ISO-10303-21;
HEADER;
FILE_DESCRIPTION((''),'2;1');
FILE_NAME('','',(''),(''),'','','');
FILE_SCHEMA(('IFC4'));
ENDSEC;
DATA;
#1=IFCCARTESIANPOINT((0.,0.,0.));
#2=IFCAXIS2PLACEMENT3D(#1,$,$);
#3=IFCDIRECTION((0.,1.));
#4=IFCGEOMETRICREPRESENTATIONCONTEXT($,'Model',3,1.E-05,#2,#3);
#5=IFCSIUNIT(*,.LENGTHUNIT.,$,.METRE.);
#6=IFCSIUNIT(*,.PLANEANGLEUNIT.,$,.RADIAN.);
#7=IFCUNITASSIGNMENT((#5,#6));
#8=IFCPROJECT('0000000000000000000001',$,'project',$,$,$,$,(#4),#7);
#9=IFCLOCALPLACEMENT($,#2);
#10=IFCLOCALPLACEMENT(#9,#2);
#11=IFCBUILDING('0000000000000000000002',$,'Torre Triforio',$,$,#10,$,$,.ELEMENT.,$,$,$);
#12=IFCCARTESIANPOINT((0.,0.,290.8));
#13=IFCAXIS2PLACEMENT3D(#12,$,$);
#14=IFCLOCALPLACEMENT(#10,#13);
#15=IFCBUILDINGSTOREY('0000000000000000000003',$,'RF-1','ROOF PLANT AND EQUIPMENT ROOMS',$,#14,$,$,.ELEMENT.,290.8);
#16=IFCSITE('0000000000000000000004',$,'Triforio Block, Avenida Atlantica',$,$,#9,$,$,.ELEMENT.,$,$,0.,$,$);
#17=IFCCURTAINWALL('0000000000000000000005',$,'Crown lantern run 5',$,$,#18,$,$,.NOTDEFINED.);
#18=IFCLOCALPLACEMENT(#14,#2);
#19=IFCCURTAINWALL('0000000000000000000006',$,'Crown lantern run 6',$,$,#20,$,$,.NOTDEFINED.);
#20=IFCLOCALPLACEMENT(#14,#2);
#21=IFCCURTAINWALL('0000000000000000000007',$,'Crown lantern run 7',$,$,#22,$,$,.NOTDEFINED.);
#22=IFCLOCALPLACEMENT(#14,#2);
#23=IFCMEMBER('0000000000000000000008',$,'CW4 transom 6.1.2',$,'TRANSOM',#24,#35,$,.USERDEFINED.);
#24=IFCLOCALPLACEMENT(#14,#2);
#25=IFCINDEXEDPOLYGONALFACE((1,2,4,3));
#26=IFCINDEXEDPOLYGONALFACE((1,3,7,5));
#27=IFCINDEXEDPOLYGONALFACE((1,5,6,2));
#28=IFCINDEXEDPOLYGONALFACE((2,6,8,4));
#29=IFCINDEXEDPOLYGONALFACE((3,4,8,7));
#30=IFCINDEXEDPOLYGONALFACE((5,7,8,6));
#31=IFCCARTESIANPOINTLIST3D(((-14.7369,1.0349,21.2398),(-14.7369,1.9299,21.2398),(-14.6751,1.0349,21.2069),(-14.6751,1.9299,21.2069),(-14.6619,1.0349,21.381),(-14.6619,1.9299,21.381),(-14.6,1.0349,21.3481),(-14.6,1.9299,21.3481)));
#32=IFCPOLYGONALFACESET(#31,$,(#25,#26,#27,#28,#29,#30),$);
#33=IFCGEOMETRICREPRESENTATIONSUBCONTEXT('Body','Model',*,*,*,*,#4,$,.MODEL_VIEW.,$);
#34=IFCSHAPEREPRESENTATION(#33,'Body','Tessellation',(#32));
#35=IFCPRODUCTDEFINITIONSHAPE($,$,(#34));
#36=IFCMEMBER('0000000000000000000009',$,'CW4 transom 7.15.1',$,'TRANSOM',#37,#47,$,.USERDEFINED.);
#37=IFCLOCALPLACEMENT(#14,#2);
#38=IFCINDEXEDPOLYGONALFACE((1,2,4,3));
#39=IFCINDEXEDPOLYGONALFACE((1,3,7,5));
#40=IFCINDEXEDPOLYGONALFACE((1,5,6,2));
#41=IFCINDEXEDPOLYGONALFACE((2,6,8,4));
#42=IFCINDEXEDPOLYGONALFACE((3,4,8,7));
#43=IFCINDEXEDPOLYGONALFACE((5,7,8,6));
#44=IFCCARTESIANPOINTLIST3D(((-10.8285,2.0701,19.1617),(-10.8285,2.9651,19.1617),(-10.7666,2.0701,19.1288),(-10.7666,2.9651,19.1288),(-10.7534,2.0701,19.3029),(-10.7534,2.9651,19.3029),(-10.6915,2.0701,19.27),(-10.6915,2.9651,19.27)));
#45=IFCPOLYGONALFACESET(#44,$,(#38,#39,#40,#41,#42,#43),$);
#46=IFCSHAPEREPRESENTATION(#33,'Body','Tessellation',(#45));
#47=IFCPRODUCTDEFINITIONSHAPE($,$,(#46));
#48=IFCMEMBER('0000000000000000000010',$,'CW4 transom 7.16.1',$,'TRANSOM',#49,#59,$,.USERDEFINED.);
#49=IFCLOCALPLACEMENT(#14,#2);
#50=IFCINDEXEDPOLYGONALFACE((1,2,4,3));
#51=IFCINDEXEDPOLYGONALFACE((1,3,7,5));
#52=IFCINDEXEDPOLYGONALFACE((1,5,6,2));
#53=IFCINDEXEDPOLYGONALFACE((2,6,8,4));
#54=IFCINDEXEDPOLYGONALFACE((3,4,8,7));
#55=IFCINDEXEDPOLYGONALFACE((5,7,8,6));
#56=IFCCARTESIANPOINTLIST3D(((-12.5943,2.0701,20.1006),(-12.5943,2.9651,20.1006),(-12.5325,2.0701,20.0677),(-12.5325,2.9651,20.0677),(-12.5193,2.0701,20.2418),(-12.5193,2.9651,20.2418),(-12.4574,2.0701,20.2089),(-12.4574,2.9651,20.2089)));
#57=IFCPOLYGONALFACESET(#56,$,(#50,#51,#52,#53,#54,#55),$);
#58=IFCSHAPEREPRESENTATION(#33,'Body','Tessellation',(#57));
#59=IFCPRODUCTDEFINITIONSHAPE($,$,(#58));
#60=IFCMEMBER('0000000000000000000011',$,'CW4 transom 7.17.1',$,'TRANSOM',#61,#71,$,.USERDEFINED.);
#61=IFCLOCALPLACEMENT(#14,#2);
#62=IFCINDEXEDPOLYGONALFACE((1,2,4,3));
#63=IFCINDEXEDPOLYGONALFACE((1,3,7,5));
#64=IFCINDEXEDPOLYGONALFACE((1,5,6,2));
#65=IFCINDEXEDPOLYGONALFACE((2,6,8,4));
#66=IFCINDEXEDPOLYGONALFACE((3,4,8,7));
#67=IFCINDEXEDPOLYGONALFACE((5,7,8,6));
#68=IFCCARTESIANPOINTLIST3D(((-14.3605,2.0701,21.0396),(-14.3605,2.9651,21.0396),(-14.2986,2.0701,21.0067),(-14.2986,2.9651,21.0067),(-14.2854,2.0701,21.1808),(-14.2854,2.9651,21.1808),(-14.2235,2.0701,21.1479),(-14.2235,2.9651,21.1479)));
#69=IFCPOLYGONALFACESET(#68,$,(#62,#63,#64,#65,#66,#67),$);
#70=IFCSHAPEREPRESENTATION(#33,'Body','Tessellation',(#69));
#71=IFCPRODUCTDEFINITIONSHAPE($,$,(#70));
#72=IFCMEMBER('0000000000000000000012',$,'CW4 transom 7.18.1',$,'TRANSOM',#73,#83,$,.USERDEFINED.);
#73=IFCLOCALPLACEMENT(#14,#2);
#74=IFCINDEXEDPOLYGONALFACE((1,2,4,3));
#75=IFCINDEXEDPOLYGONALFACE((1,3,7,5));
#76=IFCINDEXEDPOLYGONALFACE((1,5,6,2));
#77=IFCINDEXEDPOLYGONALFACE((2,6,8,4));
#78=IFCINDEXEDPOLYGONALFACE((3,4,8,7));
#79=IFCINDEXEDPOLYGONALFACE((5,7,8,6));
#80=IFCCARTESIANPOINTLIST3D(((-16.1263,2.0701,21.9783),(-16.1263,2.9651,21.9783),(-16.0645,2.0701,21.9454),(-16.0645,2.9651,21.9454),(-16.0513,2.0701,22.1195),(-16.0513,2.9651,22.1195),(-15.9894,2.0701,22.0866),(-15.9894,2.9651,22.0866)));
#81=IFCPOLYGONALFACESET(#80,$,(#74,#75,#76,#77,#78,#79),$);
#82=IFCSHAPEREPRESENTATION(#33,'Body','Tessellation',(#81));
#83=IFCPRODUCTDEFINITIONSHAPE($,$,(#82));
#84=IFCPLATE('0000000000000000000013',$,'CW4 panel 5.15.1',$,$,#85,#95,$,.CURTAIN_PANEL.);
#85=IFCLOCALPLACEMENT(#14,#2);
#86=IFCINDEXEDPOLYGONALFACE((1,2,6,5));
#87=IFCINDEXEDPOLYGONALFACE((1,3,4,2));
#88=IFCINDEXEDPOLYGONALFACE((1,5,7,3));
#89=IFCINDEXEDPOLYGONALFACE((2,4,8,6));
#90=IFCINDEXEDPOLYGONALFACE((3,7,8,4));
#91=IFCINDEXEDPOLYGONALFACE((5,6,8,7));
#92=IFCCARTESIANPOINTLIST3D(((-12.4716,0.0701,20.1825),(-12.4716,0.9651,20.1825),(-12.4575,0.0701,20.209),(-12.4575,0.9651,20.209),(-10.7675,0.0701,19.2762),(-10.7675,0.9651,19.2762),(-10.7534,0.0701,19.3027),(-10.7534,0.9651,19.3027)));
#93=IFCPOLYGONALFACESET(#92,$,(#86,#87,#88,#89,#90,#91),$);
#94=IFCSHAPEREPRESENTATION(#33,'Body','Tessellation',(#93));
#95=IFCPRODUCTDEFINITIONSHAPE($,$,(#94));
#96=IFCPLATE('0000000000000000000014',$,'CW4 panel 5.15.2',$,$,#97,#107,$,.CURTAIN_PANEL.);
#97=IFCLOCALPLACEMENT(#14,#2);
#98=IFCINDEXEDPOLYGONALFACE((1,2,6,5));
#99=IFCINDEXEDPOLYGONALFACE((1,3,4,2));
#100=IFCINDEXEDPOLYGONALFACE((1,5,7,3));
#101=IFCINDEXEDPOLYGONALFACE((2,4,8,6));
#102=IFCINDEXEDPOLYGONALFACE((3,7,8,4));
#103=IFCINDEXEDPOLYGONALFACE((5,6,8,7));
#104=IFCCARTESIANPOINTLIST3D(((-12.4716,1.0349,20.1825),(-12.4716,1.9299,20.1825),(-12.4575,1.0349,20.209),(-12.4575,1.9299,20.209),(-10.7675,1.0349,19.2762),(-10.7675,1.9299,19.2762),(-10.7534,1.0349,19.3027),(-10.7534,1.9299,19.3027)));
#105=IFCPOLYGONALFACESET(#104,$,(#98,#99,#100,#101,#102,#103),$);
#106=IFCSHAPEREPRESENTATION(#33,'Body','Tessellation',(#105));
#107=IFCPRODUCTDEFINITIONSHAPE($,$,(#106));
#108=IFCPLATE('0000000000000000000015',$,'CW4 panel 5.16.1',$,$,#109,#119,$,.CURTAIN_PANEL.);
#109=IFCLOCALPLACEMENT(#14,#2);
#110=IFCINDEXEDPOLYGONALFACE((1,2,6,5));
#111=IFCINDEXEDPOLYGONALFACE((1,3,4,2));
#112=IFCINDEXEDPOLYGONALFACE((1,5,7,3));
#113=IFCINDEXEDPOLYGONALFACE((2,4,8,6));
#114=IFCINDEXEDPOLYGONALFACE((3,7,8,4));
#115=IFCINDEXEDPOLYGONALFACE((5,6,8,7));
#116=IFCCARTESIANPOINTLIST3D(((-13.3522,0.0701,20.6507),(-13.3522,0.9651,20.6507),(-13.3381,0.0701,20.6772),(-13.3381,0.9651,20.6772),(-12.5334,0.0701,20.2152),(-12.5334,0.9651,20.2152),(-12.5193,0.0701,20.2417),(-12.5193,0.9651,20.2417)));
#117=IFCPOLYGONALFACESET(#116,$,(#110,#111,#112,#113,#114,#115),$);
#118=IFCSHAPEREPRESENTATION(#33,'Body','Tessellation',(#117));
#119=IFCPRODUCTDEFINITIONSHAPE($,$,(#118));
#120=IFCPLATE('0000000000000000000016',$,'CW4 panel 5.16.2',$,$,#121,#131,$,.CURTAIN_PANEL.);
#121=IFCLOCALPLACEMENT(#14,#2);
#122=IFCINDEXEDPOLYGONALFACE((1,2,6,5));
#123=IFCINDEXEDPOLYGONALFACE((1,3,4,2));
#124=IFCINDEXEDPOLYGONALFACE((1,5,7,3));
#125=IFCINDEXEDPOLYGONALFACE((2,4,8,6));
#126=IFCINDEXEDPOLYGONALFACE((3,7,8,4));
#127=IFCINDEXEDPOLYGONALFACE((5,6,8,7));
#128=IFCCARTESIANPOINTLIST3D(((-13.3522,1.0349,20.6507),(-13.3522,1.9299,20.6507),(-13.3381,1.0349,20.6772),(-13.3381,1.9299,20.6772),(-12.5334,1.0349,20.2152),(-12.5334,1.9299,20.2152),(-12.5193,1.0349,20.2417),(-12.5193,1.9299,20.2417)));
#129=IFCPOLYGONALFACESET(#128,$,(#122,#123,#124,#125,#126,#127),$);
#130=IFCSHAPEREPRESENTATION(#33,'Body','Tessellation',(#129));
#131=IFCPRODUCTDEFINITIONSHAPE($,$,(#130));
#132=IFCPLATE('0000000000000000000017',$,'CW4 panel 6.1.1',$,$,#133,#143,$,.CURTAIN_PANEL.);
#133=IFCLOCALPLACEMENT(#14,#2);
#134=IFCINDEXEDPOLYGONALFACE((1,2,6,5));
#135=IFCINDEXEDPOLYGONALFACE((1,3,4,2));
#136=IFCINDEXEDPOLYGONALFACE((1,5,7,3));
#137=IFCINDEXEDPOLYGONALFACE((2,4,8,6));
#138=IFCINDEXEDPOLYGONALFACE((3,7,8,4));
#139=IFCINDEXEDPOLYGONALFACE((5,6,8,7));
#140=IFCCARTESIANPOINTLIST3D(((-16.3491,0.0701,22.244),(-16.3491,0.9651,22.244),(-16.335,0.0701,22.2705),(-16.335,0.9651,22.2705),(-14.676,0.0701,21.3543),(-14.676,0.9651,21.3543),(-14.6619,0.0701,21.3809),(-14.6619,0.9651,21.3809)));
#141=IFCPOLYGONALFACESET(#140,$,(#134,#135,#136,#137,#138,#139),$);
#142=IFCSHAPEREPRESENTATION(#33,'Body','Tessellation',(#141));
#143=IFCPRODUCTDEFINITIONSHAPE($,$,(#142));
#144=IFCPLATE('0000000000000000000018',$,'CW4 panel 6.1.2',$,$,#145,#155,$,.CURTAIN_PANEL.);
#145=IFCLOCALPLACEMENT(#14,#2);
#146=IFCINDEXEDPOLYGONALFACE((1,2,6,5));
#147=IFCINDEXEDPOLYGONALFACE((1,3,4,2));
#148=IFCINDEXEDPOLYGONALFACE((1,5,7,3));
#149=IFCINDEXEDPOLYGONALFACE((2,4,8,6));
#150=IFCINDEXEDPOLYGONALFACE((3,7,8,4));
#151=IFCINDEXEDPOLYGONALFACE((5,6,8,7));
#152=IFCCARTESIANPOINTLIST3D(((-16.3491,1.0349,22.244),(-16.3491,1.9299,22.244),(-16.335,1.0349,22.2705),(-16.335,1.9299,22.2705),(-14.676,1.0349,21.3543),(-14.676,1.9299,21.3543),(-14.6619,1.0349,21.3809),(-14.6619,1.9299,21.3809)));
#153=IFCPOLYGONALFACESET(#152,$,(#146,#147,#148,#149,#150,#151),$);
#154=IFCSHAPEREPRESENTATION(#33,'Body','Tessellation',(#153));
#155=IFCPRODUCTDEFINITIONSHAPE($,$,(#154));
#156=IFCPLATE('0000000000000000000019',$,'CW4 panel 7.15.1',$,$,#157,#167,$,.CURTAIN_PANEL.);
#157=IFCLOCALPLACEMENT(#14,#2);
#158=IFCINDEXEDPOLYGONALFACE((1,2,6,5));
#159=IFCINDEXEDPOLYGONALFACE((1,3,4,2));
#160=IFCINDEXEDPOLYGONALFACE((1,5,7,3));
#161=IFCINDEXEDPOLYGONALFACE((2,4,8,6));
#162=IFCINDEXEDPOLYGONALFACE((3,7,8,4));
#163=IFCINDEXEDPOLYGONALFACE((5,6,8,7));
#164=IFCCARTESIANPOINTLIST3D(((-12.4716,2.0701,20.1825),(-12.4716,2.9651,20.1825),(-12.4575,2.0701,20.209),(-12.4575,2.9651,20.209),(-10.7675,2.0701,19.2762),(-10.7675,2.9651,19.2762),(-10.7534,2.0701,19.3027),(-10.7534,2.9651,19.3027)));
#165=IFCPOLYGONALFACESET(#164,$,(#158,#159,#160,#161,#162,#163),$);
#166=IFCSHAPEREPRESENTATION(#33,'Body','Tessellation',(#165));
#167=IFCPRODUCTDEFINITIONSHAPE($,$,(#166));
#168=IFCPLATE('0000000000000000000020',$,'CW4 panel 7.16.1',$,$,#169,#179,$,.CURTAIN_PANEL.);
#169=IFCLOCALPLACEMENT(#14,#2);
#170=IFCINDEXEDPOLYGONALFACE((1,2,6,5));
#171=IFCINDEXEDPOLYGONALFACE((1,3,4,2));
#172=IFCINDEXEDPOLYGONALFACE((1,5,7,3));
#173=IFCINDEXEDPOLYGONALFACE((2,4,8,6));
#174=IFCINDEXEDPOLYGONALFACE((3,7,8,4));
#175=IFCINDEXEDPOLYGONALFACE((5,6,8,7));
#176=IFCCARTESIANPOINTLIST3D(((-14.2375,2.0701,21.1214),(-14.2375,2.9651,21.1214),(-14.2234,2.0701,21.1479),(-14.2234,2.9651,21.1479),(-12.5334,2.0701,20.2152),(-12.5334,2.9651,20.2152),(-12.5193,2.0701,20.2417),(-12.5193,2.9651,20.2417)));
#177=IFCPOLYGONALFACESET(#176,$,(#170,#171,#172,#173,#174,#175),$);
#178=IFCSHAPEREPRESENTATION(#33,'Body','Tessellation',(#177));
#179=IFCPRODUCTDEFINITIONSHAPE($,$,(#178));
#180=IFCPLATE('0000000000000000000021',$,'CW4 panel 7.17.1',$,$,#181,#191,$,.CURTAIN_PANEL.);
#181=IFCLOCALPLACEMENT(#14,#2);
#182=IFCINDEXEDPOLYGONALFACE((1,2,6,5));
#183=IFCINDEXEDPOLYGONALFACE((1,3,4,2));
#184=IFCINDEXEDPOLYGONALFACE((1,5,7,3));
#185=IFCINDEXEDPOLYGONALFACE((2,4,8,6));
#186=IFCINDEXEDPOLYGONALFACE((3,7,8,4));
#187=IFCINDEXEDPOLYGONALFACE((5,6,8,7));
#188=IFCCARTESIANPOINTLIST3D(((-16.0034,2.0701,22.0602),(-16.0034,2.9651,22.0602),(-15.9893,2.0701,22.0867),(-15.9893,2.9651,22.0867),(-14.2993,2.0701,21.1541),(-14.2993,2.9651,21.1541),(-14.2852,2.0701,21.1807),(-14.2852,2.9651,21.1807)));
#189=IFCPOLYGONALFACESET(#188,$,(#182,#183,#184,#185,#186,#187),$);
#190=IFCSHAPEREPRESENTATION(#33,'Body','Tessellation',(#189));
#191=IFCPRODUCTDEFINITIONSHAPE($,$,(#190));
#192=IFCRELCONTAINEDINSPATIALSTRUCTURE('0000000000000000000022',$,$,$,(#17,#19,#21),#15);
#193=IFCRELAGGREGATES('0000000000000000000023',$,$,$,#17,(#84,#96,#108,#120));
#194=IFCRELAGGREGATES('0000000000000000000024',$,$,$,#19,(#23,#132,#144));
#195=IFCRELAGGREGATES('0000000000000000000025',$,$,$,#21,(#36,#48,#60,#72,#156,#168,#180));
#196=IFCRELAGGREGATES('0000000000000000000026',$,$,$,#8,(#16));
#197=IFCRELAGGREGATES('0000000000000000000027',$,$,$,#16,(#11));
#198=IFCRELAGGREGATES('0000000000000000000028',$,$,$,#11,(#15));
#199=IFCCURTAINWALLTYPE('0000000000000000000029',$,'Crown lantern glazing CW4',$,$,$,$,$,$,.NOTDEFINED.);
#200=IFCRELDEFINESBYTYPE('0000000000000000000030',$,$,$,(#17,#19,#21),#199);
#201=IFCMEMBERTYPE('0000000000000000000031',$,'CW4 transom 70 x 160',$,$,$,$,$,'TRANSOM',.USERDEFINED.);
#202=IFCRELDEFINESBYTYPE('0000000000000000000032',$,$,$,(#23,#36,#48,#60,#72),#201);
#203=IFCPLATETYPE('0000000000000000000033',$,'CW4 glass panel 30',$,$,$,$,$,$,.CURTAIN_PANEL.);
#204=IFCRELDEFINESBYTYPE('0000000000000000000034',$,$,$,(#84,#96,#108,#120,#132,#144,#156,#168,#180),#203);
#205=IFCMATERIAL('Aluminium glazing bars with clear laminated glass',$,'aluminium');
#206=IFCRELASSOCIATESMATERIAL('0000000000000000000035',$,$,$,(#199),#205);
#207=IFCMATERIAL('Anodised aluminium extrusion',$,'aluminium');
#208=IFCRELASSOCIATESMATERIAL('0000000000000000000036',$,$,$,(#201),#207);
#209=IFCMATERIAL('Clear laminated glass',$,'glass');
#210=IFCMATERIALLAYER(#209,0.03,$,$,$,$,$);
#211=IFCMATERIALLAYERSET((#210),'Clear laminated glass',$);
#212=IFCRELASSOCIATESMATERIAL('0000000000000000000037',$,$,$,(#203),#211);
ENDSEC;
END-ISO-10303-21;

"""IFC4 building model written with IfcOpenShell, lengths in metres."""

from ifc_helpers import new_model, si_unit, direction, frame, origin, origin_2d, place, context, subcontext, project, spatial, polyline, rectangle, outline, extrude, material, layer, layer_set, material_profile, profile_set, type_object, element, aggregate, save


model = new_model("IFC4")

# Units and contexts
model_context = context("Model", 3, precision=1e-05, world=origin(), true_north=direction((0.0, 1.0)))
body_context = subcontext(model_context, "Body", "Model", "MODEL_VIEW")
ifc_project = project(units=[si_unit("LENGTHUNIT", "METRE"), si_unit("PLANEANGLEUNIT", "RADIAN")], contexts=[model_context])

# Site, building, storey
site_placement = place(None, origin())
site = spatial("IfcSite", under=ifc_project, at=site_placement, Name="Triforio Block, Avenida Atlantica", CompositionType="ELEMENT", RefElevation=0.0)
building_placement = place(site_placement, origin())
building = spatial("IfcBuilding", under=site, at=building_placement, Name="Torre Triforio", CompositionType="ELEMENT")
storey_placement = place(building_placement, frame((0.0, 0.0, 290.8)))
storey = spatial("IfcBuildingStorey", under=building, at=storey_placement, Name="RF-1", Description="ROOF PLANT AND EQUIPMENT ROOMS", CompositionType="ELEMENT", Elevation=290.8)

# Curtain walls
ifc_material_1 = material(Name="Aluminium glazing bars with clear laminated glass", Category="aluminium")
curtain_wall_type = type_object("IfcCurtainWallType", Name="Crown lantern glazing CW4", PredefinedType="NOTDEFINED", material=ifc_material_1)
curtain_wall_1_placement = place(storey_placement, origin())
curtain_wall_1 = element("IfcCurtainWall", 1, at=curtain_wall_1_placement, inside=storey, type_object=curtain_wall_type, Name="Crown lantern run 5", PredefinedType="NOTDEFINED")
ifc_material_2 = material(Name="Anodised aluminium extrusion", Category="aluminium")
curtain_wall_2_placement = place(storey_placement, origin())
curtain_wall_2 = element("IfcCurtainWall", 2, at=curtain_wall_2_placement, inside=storey, type_object=curtain_wall_type, Name="Crown lantern run 6", PredefinedType="NOTDEFINED")
curtain_wall_3_placement = place(storey_placement, origin())
curtain_wall_3 = element("IfcCurtainWall", 3, at=curtain_wall_3_placement, inside=storey, type_object=curtain_wall_type, Name="Crown lantern run 7", PredefinedType="NOTDEFINED")

# Members
ifc_material_profile_1 = material_profile(ifc_material_2, rectangle(XDim=0.0701, YDim=0.1599, at=origin_2d()), Name="CW4 TRANSOM 70x160")
ifc_profile_set_1 = profile_set([ifc_material_profile_1], Name="Anodised aluminium extrusion")
member_type_1 = type_object("IfcMemberType", Name="CW4 transom 70 x 160", ElementType="TRANSOM", PredefinedType="USERDEFINED", material=ifc_profile_set_1)
member_1_placement = place(storey_placement, frame((-14.6685, 1.0349, 21.2939), z_axis=(0.0, 1.0, 0.0), x_axis=(-0.882948, 0.0, 0.469472)))
member_1 = element("IfcMember", 4, at=member_1_placement, type_object=member_type_1, Name="CW4 transom 6.1.2", ObjectType="TRANSOM", PredefinedType="USERDEFINED", context=body_context, shape_type="SweptSolid", body=[
    extrude(rectangle(XDim=0.0701, YDim=0.1599, at=origin_2d()), origin(), (0.0, 0.0, 1.0), 0.895),
])
member_2_placement = place(storey_placement, frame((-10.76, 2.0701, 19.2158), z_axis=(0.0, 1.0, 0.0), x_axis=(-0.882948, 0.0, 0.469472)))
member_2 = element("IfcMember", 5, at=member_2_placement, type_object=member_type_1, Name="CW4 transom 7.15.1", ObjectType="TRANSOM", PredefinedType="USERDEFINED", context=body_context, shape_type="SweptSolid", body=[
    extrude(rectangle(XDim=0.0701, YDim=0.1599, at=origin_2d()), origin(), (0.0, 0.0, 1.0), 0.895),
])
member_3_placement = place(storey_placement, frame((-12.5259, 2.0701, 20.1548), z_axis=(0.0, 1.0, 0.0), x_axis=(-0.882948, 0.0, 0.469472)))
member_3 = element("IfcMember", 6, at=member_3_placement, type_object=member_type_1, Name="CW4 transom 7.16.1", ObjectType="TRANSOM", PredefinedType="USERDEFINED", context=body_context, shape_type="SweptSolid", body=[
    extrude(rectangle(XDim=0.0701, YDim=0.1599, at=origin_2d()), origin(), (0.0, 0.0, 1.0), 0.895),
])
member_4_placement = place(storey_placement, frame((-14.292, 2.0701, 21.0938), z_axis=(0.0, 1.0, 0.0), x_axis=(-0.882948, 0.0, 0.469472)))
member_4 = element("IfcMember", 7, at=member_4_placement, type_object=member_type_1, Name="CW4 transom 7.17.1", ObjectType="TRANSOM", PredefinedType="USERDEFINED", context=body_context, shape_type="SweptSolid", body=[
    extrude(rectangle(XDim=0.0701, YDim=0.1599, at=origin_2d()), origin(), (0.0, 0.0, 1.0), 0.895),
])
member_5_placement = place(storey_placement, frame((-16.0579, 2.0701, 22.0325), z_axis=(0.0, 1.0, 0.0), x_axis=(-0.882948, 0.0, 0.469472)))
member_5 = element("IfcMember", 8, at=member_5_placement, type_object=member_type_1, Name="CW4 transom 7.18.1", ObjectType="TRANSOM", PredefinedType="USERDEFINED", context=body_context, shape_type="SweptSolid", body=[
    extrude(rectangle(XDim=0.0701, YDim=0.1599, at=origin_2d()), origin(), (0.0, 0.0, 1.0), 0.895),
])

# Plates
ifc_material_3 = material(Name="Clear laminated glass", Category="glass")
ifc_layer = layer(ifc_material_3, 0.03)
ifc_layer_set = layer_set([ifc_layer], Name="Clear laminated glass")
plate_type = type_object("IfcPlateType", Name="CW4 glass panel 30", PredefinedType="CURTAIN_PANEL", material=ifc_layer_set)
plate_1_placement = place(storey_placement, frame((-10.7534, 0.0701, 19.3027), z_axis=(0.469537, 0.0, 0.882913), x_axis=(0.0, 1.0, 0.0)))
plate_1 = element("IfcPlate", 9, at=plate_1_placement, type_object=plate_type, Name="CW4 panel 5.15.1", PredefinedType="CURTAIN_PANEL", context=body_context, shape_type="SweptSolid", body=[
    extrude(outline(polyline([(0.0, 0.0), (0.895, 0.0), (0.895, 1.9301), (0.0, 1.9301), (0.0, 0.0)])), origin(), (0.0, 0.0, -1.0), 0.03),
])
plate_2_placement = place(storey_placement, frame((-10.7534, 1.0349, 19.3027), z_axis=(0.469537, 0.0, 0.882913), x_axis=(0.0, 1.0, 0.0)))
plate_2 = element("IfcPlate", 10, at=plate_2_placement, type_object=plate_type, Name="CW4 panel 5.15.2", PredefinedType="CURTAIN_PANEL", context=body_context, shape_type="SweptSolid", body=[
    extrude(outline(polyline([(0.0, 0.0), (0.895, 0.0), (0.895, 1.9301), (0.0, 1.9301), (0.0, 0.0)])), origin(), (0.0, 0.0, -1.0), 0.03),
])
plate_3_placement = place(storey_placement, frame((-12.5193, 0.0701, 20.2417), z_axis=(0.469604, 0.0, 0.882877), x_axis=(0.0, 1.0, 0.0)))
plate_3 = element("IfcPlate", 11, at=plate_3_placement, type_object=plate_type, Name="CW4 panel 5.16.1", PredefinedType="CURTAIN_PANEL", context=body_context, shape_type="SweptSolid", body=[
    extrude(outline(polyline([(0.0, 0.0), (0.895, 0.0), (0.895, 0.9275), (0.0, 0.9275), (0.0, 0.0)])), origin(), (0.0, 0.0, -1.0), 0.03),
])
plate_4_placement = place(storey_placement, frame((-12.5193, 1.0349, 20.2417), z_axis=(0.469604, 0.0, 0.882877), x_axis=(0.0, 1.0, 0.0)))
plate_4 = element("IfcPlate", 12, at=plate_4_placement, type_object=plate_type, Name="CW4 panel 5.16.2", PredefinedType="CURTAIN_PANEL", context=body_context, shape_type="SweptSolid", body=[
    extrude(outline(polyline([(0.0, 0.0), (0.895, 0.0), (0.895, 0.9275), (0.0, 0.9275), (0.0, 0.0)])), origin(), (0.0, 0.0, -1.0), 0.03),
])
aggregate(curtain_wall_1, [plate_1, plate_2, plate_3, plate_4])
plate_5_placement = place(storey_placement, frame((-14.6619, 0.0701, 21.3809), z_axis=(0.469491, 0.0, 0.882937), x_axis=(0.0, 1.0, 0.0)))
plate_5 = element("IfcPlate", 13, at=plate_5_placement, type_object=plate_type, Name="CW4 panel 6.1.1", PredefinedType="CURTAIN_PANEL", context=body_context, shape_type="SweptSolid", body=[
    extrude(outline(polyline([(0.0, 0.0), (0.895, 0.0), (0.895, 1.8949), (0.0, 1.8949), (0.0, 0.0)])), origin(), (0.0, 0.0, -1.0), 0.03),
])
plate_6_placement = place(storey_placement, frame((-14.6619, 1.0349, 21.3809), z_axis=(0.469491, 0.0, 0.882937), x_axis=(0.0, 1.0, 0.0)))
plate_6 = element("IfcPlate", 14, at=plate_6_placement, type_object=plate_type, Name="CW4 panel 6.1.2", PredefinedType="CURTAIN_PANEL", context=body_context, shape_type="SweptSolid", body=[
    extrude(outline(polyline([(0.0, 0.0), (0.895, 0.0), (0.895, 1.8949), (0.0, 1.8949), (0.0, 0.0)])), origin(), (0.0, 0.0, -1.0), 0.03),
])
aggregate(curtain_wall_2, [member_1, plate_5, plate_6])
plate_7_placement = place(storey_placement, frame((-10.7534, 2.0701, 19.3027), z_axis=(0.469537, 0.0, 0.882913), x_axis=(0.0, 1.0, 0.0)))
plate_7 = element("IfcPlate", 15, at=plate_7_placement, type_object=plate_type, Name="CW4 panel 7.15.1", PredefinedType="CURTAIN_PANEL", context=body_context, shape_type="SweptSolid", body=[
    extrude(outline(polyline([(0.0, 0.0), (0.895, 0.0), (0.895, 1.9301), (0.0, 1.9301), (0.0, 0.0)])), origin(), (0.0, 0.0, -1.0), 0.03),
])
plate_8_placement = place(storey_placement, frame((-12.5193, 2.0701, 20.2417), z_axis=(0.469537, 0.0, 0.882913), x_axis=(0.0, 1.0, 0.0)))
plate_8 = element("IfcPlate", 16, at=plate_8_placement, type_object=plate_type, Name="CW4 panel 7.16.1", PredefinedType="CURTAIN_PANEL", context=body_context, shape_type="SweptSolid", body=[
    extrude(outline(polyline([(0.0, 0.0), (0.895, 0.0), (0.895, 1.9301), (0.0, 1.9301), (0.0, 0.0)])), origin(), (0.0, 0.0, -1.0), 0.03),
])
plate_9_placement = place(storey_placement, frame((-14.2852, 2.0701, 21.1807), z_axis=(0.469439, 0.0, 0.882965), x_axis=(0.0, 1.0, 0.0)))
plate_9 = element("IfcPlate", 17, at=plate_9_placement, type_object=plate_type, Name="CW4 panel 7.17.1", PredefinedType="CURTAIN_PANEL", context=body_context, shape_type="SweptSolid", body=[
    extrude(outline(polyline([(0.0, 0.0), (0.895, 0.0), (0.895, 1.93), (0.0, 1.93), (0.0, 0.0)])), origin(), (0.0, 0.0, -1.0), 0.03),
])
aggregate(curtain_wall_3, [member_2, member_3, member_4, member_5, plate_7, plate_8, plate_9])

save(model, "model.ifc")
